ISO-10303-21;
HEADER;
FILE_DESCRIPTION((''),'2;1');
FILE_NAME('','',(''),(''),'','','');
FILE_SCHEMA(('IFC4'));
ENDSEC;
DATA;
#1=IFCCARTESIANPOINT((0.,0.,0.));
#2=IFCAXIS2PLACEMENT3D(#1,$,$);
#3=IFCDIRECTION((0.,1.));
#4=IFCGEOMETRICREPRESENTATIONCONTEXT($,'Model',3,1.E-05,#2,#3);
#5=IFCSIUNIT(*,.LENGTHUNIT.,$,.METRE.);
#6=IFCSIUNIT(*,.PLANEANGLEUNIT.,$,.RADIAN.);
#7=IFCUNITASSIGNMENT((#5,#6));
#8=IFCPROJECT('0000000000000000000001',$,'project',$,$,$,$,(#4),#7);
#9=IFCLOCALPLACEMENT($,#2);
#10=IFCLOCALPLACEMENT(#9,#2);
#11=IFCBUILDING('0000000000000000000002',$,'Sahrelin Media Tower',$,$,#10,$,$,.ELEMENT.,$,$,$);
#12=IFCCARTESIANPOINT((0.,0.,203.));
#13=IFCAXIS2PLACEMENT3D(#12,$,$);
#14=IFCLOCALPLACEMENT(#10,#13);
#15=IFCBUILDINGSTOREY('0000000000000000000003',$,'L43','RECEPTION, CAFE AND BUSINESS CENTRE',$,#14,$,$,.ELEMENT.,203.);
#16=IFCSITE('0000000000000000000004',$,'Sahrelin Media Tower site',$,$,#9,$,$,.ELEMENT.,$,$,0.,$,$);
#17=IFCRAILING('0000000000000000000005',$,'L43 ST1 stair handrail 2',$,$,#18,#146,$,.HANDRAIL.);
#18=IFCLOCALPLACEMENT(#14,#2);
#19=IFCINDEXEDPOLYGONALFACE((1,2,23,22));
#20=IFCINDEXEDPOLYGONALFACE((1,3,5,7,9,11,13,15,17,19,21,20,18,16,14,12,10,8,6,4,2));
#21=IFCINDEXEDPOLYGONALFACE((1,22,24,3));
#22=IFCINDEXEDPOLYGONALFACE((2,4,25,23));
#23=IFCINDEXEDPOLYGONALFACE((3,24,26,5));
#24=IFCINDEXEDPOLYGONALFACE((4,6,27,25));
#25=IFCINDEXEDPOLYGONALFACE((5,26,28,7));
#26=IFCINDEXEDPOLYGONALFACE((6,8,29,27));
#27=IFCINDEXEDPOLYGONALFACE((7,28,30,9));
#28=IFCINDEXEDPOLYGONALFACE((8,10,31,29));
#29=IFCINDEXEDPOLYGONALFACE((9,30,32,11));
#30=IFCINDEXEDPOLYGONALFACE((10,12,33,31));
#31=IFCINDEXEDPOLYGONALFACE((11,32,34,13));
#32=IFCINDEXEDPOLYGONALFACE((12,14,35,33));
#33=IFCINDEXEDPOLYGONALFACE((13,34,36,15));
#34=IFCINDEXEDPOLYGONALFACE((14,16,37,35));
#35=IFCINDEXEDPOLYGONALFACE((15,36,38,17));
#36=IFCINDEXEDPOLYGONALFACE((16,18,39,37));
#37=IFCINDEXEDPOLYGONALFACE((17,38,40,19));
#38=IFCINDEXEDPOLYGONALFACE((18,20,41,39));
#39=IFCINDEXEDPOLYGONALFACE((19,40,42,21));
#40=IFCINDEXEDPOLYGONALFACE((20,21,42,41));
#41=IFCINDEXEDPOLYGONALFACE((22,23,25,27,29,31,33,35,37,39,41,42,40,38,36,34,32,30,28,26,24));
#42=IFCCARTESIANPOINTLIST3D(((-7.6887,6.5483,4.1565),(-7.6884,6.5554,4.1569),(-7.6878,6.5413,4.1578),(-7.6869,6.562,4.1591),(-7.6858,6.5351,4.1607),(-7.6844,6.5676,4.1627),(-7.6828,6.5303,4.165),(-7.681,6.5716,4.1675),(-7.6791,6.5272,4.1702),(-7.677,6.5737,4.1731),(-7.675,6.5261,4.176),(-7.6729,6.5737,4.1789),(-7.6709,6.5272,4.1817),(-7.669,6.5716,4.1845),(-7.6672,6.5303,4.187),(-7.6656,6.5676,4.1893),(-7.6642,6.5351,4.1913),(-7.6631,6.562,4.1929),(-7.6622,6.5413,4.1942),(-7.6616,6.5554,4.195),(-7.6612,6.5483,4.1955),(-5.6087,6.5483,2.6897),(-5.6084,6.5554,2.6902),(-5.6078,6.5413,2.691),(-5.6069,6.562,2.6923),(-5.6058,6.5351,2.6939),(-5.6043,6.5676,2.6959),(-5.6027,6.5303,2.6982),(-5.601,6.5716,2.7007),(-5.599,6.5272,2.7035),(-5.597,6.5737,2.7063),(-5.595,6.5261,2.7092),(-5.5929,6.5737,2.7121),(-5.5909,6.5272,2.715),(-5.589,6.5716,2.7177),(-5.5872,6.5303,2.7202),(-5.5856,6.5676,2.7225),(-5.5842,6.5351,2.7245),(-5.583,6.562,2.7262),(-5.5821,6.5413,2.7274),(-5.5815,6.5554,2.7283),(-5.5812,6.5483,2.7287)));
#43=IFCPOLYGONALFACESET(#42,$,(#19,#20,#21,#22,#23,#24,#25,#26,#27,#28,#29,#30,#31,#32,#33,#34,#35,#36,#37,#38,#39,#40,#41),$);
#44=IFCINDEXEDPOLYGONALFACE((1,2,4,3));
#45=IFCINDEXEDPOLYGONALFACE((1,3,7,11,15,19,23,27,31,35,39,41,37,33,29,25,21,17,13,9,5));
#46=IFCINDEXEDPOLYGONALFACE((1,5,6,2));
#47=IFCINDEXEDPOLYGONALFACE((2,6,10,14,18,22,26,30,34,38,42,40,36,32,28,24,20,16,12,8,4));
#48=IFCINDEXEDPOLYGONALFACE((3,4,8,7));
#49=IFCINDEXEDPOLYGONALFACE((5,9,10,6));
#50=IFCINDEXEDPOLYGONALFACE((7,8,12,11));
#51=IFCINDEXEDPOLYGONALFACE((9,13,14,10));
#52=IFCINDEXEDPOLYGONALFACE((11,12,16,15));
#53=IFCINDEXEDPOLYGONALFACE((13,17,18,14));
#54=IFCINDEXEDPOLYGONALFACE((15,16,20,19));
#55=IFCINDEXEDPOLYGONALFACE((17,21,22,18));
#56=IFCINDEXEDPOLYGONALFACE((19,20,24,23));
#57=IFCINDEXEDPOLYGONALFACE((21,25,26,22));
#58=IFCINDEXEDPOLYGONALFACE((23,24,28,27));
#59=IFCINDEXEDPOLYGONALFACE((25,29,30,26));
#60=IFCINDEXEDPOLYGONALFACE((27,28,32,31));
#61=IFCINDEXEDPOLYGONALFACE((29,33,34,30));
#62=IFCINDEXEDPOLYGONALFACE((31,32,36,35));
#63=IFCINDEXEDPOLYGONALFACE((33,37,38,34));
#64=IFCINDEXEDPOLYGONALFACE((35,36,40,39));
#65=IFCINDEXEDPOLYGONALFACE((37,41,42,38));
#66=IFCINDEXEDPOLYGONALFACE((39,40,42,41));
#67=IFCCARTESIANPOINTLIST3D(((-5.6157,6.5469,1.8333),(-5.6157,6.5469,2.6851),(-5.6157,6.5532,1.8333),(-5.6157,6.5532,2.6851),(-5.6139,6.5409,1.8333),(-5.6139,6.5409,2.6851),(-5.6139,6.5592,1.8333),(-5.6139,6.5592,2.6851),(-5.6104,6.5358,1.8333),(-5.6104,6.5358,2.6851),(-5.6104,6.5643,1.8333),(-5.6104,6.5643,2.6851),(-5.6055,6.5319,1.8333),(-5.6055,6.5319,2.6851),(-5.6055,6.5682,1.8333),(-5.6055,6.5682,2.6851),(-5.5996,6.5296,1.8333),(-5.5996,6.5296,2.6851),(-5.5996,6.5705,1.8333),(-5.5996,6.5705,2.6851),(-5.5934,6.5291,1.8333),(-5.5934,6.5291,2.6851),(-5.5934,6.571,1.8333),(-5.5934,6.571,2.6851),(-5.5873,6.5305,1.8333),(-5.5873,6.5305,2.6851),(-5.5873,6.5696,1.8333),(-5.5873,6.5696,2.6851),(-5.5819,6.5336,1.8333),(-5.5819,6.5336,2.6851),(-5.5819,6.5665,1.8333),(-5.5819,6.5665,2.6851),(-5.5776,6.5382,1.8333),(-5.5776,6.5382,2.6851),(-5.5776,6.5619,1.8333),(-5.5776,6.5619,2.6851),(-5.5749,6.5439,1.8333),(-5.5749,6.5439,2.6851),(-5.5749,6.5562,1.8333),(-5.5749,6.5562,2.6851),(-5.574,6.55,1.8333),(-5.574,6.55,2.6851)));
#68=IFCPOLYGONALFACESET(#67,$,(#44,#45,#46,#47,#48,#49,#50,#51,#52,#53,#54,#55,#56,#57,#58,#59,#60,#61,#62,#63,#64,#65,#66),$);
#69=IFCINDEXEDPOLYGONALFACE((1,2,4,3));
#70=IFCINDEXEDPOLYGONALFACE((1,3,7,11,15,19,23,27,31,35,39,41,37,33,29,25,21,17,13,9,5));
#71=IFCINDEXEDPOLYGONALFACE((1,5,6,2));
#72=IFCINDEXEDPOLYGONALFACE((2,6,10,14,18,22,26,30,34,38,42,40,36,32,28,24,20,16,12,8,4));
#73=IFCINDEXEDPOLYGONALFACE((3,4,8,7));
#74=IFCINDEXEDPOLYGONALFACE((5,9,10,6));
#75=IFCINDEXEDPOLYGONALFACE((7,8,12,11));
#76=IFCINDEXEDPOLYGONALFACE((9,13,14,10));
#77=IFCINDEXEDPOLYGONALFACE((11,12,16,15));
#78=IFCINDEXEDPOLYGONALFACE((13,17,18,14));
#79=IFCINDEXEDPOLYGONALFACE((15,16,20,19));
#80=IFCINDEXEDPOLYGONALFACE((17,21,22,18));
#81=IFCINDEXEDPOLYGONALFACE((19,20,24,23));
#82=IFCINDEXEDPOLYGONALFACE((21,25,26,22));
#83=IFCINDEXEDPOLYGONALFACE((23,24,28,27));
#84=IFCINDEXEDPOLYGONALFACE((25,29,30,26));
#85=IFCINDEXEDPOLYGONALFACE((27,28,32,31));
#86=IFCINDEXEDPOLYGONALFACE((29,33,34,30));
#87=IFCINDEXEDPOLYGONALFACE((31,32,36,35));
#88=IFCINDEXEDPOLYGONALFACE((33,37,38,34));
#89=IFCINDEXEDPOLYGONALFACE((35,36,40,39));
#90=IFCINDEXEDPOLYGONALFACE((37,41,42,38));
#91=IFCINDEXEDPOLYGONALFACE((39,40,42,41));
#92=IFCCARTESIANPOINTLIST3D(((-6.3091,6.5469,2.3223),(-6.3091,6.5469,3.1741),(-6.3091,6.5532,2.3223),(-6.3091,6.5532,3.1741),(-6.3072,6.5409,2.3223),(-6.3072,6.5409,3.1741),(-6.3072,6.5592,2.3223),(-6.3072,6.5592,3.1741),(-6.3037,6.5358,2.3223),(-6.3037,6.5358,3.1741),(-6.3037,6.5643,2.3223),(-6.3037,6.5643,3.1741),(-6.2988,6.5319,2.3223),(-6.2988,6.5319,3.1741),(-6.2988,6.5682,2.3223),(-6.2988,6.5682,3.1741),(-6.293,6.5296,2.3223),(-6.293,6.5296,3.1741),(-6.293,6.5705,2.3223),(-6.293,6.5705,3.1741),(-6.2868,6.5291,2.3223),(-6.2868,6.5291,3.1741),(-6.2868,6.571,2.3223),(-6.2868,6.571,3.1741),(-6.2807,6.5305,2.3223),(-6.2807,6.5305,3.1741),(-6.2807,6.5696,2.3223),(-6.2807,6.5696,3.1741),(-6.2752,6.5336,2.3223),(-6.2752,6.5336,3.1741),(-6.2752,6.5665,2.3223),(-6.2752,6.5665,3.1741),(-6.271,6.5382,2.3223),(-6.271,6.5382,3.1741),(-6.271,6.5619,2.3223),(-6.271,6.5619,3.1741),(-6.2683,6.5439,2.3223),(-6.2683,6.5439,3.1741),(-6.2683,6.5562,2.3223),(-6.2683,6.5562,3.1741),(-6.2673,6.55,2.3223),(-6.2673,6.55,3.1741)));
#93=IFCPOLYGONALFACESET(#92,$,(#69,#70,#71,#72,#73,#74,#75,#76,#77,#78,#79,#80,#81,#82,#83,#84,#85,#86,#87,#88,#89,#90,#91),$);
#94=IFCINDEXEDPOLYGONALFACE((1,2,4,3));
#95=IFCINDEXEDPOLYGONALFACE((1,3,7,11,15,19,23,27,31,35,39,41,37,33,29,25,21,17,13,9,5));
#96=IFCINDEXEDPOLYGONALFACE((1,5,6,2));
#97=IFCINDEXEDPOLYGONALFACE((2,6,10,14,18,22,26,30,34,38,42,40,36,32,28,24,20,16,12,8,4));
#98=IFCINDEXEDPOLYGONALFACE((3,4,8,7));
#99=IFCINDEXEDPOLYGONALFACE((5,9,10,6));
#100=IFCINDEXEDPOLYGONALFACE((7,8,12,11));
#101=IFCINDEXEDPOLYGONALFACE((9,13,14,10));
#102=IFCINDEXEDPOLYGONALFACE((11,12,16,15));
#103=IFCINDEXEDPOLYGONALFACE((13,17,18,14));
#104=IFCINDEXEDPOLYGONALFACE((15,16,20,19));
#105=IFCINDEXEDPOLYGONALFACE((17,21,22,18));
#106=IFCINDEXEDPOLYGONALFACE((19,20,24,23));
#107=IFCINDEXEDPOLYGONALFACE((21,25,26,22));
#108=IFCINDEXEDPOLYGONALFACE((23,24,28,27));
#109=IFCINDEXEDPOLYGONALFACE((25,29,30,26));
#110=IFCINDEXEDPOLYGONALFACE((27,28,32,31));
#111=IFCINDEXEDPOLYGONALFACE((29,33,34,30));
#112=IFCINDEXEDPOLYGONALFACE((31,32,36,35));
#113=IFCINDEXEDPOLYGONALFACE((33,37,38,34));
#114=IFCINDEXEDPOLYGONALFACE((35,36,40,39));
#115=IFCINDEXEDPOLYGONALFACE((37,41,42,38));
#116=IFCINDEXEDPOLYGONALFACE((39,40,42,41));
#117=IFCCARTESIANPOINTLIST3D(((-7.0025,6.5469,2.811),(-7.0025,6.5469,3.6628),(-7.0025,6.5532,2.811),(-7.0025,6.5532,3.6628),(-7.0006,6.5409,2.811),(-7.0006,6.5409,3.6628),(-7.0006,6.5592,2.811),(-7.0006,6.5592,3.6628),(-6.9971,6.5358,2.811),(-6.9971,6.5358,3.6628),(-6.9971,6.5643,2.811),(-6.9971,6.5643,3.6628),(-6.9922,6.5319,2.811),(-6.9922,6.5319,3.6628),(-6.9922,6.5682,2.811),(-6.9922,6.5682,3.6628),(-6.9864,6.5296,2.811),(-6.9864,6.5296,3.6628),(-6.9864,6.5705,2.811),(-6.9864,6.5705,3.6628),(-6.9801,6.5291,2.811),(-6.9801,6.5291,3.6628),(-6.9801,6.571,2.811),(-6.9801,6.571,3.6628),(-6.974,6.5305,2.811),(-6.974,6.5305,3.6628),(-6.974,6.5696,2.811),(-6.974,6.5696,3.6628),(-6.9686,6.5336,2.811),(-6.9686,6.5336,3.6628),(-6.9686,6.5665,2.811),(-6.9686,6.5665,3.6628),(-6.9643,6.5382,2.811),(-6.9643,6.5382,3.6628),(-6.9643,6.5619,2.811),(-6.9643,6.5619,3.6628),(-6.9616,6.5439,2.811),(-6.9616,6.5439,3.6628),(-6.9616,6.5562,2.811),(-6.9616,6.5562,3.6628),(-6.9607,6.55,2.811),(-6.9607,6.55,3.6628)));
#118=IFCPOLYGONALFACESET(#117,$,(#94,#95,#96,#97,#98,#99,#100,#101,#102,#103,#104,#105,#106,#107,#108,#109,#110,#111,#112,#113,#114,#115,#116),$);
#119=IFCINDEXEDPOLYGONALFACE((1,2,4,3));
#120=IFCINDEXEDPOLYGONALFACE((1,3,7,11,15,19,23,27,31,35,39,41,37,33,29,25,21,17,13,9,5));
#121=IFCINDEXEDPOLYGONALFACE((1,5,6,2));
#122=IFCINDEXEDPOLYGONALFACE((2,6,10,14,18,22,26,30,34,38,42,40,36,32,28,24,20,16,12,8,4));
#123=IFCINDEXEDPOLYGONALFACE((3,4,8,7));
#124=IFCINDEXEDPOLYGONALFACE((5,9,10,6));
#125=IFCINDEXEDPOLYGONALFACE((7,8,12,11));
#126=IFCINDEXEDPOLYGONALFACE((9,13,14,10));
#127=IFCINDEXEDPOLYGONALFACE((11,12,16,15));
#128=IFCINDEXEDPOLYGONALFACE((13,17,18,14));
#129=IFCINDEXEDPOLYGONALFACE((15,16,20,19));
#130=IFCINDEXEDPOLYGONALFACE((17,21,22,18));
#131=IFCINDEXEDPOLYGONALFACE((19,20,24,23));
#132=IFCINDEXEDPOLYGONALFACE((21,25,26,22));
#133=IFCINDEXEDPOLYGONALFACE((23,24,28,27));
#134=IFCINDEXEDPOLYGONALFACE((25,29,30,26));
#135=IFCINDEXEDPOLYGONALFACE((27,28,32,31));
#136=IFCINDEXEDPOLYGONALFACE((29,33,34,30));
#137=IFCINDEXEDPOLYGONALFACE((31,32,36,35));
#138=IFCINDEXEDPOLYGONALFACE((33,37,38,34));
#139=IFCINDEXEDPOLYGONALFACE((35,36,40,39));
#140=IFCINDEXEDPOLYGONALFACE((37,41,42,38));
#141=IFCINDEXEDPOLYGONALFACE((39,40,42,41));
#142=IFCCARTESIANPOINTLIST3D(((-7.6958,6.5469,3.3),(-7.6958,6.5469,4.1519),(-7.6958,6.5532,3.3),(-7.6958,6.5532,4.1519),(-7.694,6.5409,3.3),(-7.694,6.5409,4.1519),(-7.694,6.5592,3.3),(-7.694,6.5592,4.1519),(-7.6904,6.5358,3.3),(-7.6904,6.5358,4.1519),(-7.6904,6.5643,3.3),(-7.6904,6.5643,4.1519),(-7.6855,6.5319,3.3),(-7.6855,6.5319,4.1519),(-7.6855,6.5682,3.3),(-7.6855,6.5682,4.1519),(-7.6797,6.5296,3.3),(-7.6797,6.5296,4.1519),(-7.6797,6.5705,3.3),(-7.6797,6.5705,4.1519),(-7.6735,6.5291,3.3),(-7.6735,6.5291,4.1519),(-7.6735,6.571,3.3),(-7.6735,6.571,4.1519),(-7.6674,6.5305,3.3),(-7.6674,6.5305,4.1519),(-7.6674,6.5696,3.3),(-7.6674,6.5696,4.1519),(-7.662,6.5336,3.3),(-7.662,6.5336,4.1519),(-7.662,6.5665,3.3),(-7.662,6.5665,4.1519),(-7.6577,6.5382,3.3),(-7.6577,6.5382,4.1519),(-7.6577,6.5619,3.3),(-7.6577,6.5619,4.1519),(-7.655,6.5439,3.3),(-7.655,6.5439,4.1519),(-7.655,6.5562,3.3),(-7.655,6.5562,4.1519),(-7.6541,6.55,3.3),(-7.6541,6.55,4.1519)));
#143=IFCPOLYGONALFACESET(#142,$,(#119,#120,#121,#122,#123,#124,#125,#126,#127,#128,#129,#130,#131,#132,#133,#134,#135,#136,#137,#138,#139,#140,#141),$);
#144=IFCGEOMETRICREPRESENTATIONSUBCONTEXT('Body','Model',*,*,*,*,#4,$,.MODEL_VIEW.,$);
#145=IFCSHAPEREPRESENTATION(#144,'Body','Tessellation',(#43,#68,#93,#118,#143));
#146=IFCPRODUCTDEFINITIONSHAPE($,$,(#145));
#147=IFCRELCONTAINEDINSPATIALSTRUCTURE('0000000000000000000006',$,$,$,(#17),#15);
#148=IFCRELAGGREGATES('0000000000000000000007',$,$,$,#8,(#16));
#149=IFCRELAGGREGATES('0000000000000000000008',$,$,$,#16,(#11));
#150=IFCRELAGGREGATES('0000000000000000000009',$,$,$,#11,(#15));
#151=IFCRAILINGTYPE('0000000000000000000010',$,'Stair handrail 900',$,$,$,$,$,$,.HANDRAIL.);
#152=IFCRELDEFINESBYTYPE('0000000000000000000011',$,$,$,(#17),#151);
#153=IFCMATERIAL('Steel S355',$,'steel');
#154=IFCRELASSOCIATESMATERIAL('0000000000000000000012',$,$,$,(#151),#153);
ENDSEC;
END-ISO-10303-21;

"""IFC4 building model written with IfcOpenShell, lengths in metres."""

from ifc_helpers import new_model, si_unit, direction, frame, origin, origin_2d, place, context, subcontext, project, spatial, circle, extrude, material, type_object, element, save


model = new_model("IFC4")

# Units and contexts
model_context = context("Model", 3, precision=1e-05, world=origin(), true_north=direction((0.0, 1.0)))
body_context = subcontext(model_context, "Body", "Model", "MODEL_VIEW")
ifc_project = project(units=[si_unit("LENGTHUNIT", "METRE"), si_unit("PLANEANGLEUNIT", "RADIAN")], contexts=[model_context])

# Site, building, storey
site_placement = place(None, origin())
site = spatial("IfcSite", under=ifc_project, at=site_placement, Name="Sahrelin Media Tower site", CompositionType="ELEMENT", RefElevation=0.0)
building_placement = place(site_placement, origin())
building = spatial("IfcBuilding", under=site, at=building_placement, Name="Sahrelin Media Tower", CompositionType="ELEMENT")
storey_placement = place(building_placement, frame((0.0, 0.0, 203.0)))
storey = spatial("IfcBuildingStorey", under=building, at=storey_placement, Name="L43", Description="RECEPTION, CAFE AND BUSINESS CENTRE", CompositionType="ELEMENT", Elevation=203.0)

# Railing
ifc_material_1 = material(Name="Steel S355", Category="steel")
railing_type_1 = type_object("IfcRailingType", Name="Stair handrail 900", PredefinedType="HANDRAIL", material=ifc_material_1)
railing_1_placement = place(storey_placement, frame((-5.595, 6.55, 1.8333)))
element("IfcRailing", 1, at=railing_1_placement, inside=storey, type_object=railing_type_1, Name="L43 ST1 stair handrail 2", PredefinedType="HANDRAIL", context=body_context, shape_type="SweptSolid", body=[
    extrude(circle(Radius=0.0239, at=origin_2d()), frame((0.0, 0.0, 0.876), z_axis=(-0.817244, 0.0, 0.576291), x_axis=(0.0, -1.0, 0.0)), (0.0, 0.0, 1.0), 2.5452),
    extrude(circle(Radius=0.021, at=origin_2d()), origin(), (0.0, 0.0, 1.0), 0.8518),
    extrude(circle(Radius=0.021, at=origin_2d()), frame((-0.6934, 0.0, 0.489)), (0.0, 0.0, 1.0), 0.8518),
    extrude(circle(Radius=0.021, at=origin_2d()), frame((-1.3867, 0.0, 0.9778)), (0.0, 0.0, 1.0), 0.8518),
    extrude(circle(Radius=0.021, at=origin_2d()), frame((-2.0801, 0.0, 1.4668)), (0.0, 0.0, 1.0), 0.8518),
])

save(model, "model.ifc")
